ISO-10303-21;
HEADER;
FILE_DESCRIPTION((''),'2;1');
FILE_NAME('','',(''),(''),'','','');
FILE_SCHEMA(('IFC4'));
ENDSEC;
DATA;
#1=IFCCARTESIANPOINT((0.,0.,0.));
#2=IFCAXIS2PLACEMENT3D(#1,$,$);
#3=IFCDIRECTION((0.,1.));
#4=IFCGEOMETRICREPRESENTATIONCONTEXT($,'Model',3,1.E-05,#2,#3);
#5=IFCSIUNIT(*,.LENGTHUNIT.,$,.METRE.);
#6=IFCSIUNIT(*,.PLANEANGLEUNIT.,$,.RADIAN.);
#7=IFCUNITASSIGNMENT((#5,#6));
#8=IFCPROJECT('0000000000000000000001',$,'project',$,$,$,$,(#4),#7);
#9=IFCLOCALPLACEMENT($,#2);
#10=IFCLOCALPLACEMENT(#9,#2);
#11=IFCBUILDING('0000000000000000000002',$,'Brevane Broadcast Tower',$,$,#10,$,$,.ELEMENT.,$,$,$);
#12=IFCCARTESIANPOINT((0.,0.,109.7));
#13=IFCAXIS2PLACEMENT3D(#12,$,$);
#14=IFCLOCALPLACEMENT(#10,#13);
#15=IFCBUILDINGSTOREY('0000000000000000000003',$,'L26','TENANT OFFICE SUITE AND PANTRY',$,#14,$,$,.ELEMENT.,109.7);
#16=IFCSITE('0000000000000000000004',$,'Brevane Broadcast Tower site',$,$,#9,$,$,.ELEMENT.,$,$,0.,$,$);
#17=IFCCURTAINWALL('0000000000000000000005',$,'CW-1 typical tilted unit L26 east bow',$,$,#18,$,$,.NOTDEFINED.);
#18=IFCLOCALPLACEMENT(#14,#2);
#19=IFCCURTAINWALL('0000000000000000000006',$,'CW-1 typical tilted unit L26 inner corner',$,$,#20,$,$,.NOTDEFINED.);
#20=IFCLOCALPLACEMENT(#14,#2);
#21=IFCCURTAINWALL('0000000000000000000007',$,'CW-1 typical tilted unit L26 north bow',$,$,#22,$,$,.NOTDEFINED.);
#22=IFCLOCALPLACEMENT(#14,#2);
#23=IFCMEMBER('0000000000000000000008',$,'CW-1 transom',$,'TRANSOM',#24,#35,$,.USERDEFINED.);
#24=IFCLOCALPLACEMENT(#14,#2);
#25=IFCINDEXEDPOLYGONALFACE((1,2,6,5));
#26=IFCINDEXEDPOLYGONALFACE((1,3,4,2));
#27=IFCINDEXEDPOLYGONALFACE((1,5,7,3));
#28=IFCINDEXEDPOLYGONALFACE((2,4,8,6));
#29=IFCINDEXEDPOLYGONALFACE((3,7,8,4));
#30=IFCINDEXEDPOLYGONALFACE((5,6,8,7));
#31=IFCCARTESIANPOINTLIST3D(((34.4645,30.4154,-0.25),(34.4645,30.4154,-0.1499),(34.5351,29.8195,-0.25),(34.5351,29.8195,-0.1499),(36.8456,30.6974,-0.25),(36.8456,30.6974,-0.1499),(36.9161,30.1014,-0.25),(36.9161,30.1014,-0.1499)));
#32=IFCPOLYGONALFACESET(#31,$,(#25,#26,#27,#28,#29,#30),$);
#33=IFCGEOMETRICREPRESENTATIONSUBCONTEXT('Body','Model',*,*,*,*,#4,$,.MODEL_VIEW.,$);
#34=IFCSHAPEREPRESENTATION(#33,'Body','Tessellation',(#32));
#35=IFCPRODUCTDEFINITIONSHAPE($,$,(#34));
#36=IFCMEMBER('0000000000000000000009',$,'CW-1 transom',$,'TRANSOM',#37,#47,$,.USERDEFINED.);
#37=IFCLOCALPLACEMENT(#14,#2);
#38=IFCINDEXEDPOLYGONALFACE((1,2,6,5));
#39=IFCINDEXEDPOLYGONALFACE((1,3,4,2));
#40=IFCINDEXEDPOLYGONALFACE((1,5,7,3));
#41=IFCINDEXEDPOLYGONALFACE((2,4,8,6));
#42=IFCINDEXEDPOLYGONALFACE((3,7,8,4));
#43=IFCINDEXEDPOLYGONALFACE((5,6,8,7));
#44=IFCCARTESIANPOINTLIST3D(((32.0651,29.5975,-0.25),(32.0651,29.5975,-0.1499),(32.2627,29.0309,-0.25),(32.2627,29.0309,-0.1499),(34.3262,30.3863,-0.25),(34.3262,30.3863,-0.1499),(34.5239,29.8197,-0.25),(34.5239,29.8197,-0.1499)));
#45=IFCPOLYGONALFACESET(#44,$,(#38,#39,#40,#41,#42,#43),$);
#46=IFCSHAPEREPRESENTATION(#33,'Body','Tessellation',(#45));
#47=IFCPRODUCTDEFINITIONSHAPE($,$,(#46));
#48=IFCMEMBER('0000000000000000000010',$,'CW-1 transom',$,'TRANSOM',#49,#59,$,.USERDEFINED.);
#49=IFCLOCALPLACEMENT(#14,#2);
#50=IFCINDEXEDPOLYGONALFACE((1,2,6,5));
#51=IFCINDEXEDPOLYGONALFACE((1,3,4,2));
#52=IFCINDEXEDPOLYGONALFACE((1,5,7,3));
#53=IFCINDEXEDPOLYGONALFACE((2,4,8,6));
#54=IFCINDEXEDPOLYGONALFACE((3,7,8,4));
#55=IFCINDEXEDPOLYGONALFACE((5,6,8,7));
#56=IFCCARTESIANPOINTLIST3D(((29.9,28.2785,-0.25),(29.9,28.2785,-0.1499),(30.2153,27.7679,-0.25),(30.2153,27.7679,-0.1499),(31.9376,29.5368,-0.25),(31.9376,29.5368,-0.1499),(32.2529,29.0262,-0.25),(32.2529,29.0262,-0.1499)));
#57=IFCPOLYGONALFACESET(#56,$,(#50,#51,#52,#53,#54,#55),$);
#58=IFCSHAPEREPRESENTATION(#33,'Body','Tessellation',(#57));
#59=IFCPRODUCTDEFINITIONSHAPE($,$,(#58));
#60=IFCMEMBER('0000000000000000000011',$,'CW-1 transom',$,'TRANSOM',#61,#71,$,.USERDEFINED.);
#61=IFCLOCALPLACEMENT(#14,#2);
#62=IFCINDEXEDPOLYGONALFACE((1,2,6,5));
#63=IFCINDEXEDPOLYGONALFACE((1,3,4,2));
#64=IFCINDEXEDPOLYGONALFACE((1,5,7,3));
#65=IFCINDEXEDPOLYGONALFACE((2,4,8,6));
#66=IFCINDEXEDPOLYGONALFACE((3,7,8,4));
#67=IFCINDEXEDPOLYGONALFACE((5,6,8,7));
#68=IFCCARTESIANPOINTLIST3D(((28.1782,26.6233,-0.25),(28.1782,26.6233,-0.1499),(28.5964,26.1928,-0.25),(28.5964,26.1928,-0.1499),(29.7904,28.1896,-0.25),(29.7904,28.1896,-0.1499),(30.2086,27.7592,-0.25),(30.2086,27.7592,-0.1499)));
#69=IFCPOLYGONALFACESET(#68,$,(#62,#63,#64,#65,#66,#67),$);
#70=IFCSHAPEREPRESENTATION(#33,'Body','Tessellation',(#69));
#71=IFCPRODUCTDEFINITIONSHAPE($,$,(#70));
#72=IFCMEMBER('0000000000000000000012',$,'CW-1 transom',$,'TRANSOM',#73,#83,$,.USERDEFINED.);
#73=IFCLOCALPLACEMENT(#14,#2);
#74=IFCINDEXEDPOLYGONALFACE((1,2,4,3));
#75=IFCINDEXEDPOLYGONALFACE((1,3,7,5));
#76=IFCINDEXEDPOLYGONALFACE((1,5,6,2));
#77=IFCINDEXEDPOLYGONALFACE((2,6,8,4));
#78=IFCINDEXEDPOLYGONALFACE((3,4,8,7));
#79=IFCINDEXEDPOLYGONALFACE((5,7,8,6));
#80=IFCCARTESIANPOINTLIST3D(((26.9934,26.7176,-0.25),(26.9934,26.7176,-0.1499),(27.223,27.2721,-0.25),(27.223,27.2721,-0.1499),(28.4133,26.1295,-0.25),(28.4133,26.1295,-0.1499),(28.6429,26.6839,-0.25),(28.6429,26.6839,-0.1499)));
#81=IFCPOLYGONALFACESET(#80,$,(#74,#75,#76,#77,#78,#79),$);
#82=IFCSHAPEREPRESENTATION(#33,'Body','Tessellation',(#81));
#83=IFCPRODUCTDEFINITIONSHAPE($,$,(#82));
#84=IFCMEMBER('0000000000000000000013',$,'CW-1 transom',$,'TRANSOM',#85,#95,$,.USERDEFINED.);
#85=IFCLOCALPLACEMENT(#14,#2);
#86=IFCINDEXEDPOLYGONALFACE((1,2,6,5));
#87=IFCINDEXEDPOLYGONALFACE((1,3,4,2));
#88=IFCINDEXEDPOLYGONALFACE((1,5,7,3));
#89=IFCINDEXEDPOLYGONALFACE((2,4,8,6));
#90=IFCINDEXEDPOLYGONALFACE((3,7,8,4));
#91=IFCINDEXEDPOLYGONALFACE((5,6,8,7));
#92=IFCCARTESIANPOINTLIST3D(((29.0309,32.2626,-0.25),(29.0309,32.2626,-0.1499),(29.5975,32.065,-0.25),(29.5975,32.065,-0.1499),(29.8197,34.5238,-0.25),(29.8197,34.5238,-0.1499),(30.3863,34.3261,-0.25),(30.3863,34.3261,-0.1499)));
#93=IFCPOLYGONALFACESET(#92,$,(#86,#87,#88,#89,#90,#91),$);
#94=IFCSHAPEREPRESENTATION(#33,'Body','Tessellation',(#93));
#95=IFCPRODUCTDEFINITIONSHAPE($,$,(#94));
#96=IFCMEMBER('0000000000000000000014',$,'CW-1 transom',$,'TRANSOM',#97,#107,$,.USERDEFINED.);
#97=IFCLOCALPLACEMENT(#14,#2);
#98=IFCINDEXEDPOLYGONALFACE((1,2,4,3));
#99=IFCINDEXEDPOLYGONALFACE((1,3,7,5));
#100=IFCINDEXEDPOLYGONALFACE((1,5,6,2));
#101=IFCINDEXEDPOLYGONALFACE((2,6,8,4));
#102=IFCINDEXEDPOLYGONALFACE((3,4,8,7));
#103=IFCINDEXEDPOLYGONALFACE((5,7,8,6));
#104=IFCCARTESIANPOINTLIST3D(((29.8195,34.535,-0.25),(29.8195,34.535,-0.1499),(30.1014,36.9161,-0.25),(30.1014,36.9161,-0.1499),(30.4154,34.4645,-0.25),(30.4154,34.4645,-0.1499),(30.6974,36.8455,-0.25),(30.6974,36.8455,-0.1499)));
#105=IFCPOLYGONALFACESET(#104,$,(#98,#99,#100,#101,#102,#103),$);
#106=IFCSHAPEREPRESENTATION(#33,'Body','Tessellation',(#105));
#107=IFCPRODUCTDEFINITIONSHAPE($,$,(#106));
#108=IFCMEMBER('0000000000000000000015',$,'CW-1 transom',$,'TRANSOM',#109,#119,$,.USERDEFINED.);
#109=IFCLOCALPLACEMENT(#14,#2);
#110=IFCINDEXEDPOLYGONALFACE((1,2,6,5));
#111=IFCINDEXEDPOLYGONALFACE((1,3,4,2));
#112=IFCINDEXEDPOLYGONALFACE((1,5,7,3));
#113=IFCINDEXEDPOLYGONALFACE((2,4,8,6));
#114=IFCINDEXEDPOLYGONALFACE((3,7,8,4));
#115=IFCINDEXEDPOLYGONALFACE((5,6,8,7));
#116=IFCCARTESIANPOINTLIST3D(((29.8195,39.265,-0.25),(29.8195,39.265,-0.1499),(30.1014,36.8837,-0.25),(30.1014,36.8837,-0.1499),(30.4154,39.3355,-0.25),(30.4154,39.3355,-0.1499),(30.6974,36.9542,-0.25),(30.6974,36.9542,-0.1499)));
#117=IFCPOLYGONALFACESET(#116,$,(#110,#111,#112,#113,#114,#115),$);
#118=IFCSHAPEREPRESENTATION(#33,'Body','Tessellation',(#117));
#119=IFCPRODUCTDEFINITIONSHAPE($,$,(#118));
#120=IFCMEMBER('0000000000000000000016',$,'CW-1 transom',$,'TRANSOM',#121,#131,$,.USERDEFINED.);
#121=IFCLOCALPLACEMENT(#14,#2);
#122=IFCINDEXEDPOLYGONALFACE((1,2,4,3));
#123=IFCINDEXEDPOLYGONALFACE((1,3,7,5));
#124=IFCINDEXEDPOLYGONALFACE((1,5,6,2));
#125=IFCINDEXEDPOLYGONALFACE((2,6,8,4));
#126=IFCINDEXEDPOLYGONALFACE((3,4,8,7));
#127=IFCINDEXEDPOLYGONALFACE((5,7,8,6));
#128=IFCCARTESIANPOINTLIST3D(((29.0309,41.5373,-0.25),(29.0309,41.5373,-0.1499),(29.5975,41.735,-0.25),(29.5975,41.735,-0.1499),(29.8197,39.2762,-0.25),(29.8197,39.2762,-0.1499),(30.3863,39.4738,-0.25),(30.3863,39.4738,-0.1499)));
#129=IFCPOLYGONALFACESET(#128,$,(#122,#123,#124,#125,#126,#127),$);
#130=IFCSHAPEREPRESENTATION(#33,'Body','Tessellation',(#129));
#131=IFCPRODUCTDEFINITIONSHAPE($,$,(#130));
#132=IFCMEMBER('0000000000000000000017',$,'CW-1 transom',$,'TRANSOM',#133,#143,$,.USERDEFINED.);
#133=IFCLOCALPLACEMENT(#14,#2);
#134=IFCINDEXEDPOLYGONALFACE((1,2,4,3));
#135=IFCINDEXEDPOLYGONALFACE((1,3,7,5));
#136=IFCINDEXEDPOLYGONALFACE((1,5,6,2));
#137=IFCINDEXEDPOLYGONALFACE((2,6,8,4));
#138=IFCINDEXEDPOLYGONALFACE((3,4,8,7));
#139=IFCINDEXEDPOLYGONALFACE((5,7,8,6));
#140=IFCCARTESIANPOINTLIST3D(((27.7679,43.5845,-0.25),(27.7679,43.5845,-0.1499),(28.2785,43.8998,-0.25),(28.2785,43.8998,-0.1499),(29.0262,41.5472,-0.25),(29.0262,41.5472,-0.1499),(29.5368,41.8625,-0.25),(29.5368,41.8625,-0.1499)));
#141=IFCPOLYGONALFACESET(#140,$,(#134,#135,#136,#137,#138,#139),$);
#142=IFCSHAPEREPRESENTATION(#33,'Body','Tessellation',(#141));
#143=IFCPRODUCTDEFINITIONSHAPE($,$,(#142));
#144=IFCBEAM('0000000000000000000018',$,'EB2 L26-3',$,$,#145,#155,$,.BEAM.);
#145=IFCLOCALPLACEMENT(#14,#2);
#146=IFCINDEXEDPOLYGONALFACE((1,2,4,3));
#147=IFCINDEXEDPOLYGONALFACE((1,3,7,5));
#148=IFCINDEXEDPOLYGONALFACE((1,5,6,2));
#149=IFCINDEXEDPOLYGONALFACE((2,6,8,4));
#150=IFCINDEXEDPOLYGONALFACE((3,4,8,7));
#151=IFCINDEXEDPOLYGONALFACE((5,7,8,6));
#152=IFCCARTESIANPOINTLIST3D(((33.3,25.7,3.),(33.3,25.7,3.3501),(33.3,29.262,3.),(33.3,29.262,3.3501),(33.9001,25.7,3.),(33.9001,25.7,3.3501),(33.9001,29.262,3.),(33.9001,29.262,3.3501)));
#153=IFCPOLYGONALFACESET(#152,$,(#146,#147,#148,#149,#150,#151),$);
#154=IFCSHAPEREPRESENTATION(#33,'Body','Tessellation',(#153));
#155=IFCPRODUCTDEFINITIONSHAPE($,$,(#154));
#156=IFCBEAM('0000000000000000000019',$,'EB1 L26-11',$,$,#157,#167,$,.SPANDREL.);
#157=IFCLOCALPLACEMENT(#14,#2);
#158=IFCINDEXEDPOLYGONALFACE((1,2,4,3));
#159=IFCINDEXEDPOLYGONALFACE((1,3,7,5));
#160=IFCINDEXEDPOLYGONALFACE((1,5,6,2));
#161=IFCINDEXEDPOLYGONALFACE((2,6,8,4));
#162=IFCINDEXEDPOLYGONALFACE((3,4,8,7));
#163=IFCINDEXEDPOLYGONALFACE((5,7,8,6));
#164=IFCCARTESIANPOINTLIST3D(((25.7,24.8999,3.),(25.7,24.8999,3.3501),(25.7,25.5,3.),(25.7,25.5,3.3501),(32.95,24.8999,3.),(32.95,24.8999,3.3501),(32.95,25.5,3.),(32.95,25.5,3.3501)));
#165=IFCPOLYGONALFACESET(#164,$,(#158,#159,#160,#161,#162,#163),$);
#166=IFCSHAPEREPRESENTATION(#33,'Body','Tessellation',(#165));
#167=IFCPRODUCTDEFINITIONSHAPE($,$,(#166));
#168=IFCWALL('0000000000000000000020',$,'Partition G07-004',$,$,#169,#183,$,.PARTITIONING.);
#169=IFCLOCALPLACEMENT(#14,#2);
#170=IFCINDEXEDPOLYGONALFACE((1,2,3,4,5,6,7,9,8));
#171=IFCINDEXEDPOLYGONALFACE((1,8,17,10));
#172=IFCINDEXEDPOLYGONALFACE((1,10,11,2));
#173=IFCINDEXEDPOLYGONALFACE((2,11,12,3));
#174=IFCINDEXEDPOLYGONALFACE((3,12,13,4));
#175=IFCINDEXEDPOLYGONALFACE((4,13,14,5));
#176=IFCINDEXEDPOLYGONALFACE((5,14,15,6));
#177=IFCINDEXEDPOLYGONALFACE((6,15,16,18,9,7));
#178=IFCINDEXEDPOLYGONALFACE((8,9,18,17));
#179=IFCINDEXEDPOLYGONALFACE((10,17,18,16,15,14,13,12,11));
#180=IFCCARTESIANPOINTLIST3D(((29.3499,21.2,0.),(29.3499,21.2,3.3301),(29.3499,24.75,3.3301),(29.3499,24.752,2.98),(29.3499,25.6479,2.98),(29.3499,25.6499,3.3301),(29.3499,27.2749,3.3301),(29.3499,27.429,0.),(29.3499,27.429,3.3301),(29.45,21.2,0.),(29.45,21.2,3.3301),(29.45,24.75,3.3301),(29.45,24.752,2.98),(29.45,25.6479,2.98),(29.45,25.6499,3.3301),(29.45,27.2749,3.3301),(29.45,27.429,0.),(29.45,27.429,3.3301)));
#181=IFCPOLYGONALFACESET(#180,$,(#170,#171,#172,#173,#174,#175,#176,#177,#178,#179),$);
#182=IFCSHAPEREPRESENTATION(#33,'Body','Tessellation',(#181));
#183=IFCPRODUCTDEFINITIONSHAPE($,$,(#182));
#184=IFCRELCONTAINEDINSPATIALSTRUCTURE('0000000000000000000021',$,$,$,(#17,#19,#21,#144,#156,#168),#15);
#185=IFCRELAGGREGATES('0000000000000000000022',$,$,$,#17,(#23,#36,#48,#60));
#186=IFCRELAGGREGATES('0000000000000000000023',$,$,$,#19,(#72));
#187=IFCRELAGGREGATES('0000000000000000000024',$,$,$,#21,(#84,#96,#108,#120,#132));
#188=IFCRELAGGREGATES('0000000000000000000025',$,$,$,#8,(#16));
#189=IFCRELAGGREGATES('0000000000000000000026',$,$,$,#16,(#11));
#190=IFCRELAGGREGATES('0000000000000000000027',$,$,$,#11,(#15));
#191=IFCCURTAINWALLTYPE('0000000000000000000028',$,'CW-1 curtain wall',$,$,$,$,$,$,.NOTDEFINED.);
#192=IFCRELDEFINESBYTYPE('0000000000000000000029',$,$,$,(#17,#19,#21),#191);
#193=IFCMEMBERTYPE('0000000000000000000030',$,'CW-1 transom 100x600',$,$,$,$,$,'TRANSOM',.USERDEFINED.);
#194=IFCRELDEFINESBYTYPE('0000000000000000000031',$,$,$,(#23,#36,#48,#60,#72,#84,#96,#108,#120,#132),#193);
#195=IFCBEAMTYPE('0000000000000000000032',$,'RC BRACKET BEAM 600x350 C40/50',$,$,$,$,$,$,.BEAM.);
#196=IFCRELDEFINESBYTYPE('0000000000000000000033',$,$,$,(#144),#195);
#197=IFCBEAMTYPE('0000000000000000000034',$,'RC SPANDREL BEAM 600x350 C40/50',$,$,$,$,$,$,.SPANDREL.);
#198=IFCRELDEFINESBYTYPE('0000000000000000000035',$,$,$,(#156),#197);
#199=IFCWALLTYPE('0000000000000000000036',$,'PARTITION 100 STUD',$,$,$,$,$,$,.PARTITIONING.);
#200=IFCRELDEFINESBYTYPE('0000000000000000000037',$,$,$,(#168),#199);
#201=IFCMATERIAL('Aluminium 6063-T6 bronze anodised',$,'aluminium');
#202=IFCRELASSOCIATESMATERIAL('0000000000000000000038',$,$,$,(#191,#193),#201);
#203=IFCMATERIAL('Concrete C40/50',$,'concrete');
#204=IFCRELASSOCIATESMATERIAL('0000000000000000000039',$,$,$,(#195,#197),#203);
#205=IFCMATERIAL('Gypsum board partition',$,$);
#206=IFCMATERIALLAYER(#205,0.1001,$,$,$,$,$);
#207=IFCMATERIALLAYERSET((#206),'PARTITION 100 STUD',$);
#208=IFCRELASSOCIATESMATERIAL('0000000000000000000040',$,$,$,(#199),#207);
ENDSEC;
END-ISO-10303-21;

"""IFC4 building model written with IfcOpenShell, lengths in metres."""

from ifc_helpers import new_model, si_unit, direction, frame, origin, origin_2d, place, context, subcontext, project, spatial, polyline, rectangle, outline, extrude, material, layer, layer_set, material_profile, profile_set, type_object, element, aggregate, save


model = new_model("IFC4")

# Units and contexts
model_context = context("Model", 3, precision=1e-05, world=origin(), true_north=direction((0.0, 1.0)))
body_context = subcontext(model_context, "Body", "Model", "MODEL_VIEW")
ifc_project = project(units=[si_unit("LENGTHUNIT", "METRE"), si_unit("PLANEANGLEUNIT", "RADIAN")], contexts=[model_context])

# Site, building, storey
site_placement = place(None, origin())
site = spatial("IfcSite", under=ifc_project, at=site_placement, Name="Brevane Broadcast Tower site", CompositionType="ELEMENT", RefElevation=0.0)
building_placement = place(site_placement, origin())
building = spatial("IfcBuilding", under=site, at=building_placement, Name="Brevane Broadcast Tower", CompositionType="ELEMENT")
storey_placement = place(building_placement, frame((0.0, 0.0, 109.7)))
storey = spatial("IfcBuildingStorey", under=building, at=storey_placement, Name="L26", Description="TENANT OFFICE SUITE AND PANTRY", CompositionType="ELEMENT", Elevation=109.7)

# Curtain wall
ifc_material_1 = material(Name="Aluminium 6063-T6 bronze anodised", Category="aluminium")
curtain_wall_type = type_object("IfcCurtainWallType", Name="CW-1 curtain wall", PredefinedType="NOTDEFINED", material=ifc_material_1)
curtain_wall_1_placement = place(storey_placement, origin())
curtain_wall_1 = element("IfcCurtainWall", 1, at=curtain_wall_1_placement, inside=storey, type_object=curtain_wall_type, Name="CW-1 typical tilted unit L26 east bow", PredefinedType="NOTDEFINED")

# Curtain wall
curtain_wall_2_placement = place(storey_placement, origin())
curtain_wall_2 = element("IfcCurtainWall", 2, at=curtain_wall_2_placement, inside=storey, type_object=curtain_wall_type, Name="CW-1 typical tilted unit L26 inner corner", PredefinedType="NOTDEFINED")

# Curtain wall
curtain_wall_3_placement = place(storey_placement, origin())
curtain_wall_3 = element("IfcCurtainWall", 3, at=curtain_wall_3_placement, inside=storey, type_object=curtain_wall_type, Name="CW-1 typical tilted unit L26 north bow", PredefinedType="NOTDEFINED")

# Members
ifc_material_profile_1 = material_profile(ifc_material_1, rectangle(XDim=0.6001, YDim=0.1001, at=origin_2d()), Name="RECT 100x600")
ifc_profile_set_1 = profile_set([ifc_material_profile_1], Name="Aluminium 6063-T6 bronze anodised")
member_type_1 = type_object("IfcMemberType", Name="CW-1 transom 100x600", ElementType="TRANSOM", PredefinedType="USERDEFINED", material=ifc_profile_set_1)
member_1_placement = place(storey_placement, frame((36.8809, 30.3994, -0.2), z_axis=(-0.993061, -0.117603, 0.0), x_axis=(0.117603, -0.993061, 0.0)))
member_1 = element("IfcMember", 4, at=member_1_placement, type_object=member_type_1, Name="CW-1 transom", ObjectType="TRANSOM", PredefinedType="USERDEFINED", context=body_context, shape_type="SweptSolid", body=[
    extrude(rectangle(XDim=0.6001, YDim=0.1001, at=origin_2d()), origin(), (0.0, 0.0, 1.0), 2.3977),
])
member_2_placement = place(storey_placement, frame((34.425, 30.103, -0.2), z_axis=(-0.944198, -0.329378, 0.0), x_axis=(0.329378, -0.944198, 0.0)))
member_2 = element("IfcMember", 5, at=member_2_placement, type_object=member_type_1, Name="CW-1 transom", ObjectType="TRANSOM", PredefinedType="USERDEFINED", context=body_context, shape_type="SweptSolid", body=[
    extrude(rectangle(XDim=0.6001, YDim=0.1001, at=origin_2d()), origin(), (0.0, 0.0, 1.0), 2.3948),
])
member_3_placement = place(storey_placement, frame((32.0952, 29.2815, -0.2), z_axis=(-0.850838, -0.525428, 0.0), x_axis=(0.525428, -0.850838, 0.0)))
member_3 = element("IfcMember", 6, at=member_3_placement, type_object=member_type_1, Name="CW-1 transom", ObjectType="TRANSOM", PredefinedType="USERDEFINED", context=body_context, shape_type="SweptSolid", body=[
    extrude(rectangle(XDim=0.6001, YDim=0.1001, at=origin_2d()), origin(), (0.0, 0.0, 1.0), 2.3948),
])
member_4_placement = place(storey_placement, frame((29.9995, 27.9744, -0.2), z_axis=(-0.717242, -0.696824, 0.0), x_axis=(0.696824, -0.717242, 0.0)))
member_4 = element("IfcMember", 7, at=member_4_placement, type_object=member_type_1, Name="CW-1 transom", ObjectType="TRANSOM", PredefinedType="USERDEFINED", context=body_context, shape_type="SweptSolid", body=[
    extrude(rectangle(XDim=0.6001, YDim=0.1001, at=origin_2d()), origin(), (0.0, 0.0, 1.0), 2.2478),
])
aggregate(curtain_wall_1, [member_1, member_2, member_3, member_4])
member_5_placement = place(storey_placement, frame((28.5281, 26.4067, -0.2), z_axis=(-0.923883, 0.382674, 0.0), x_axis=(-0.382674, -0.923883, 0.0)))
member_5 = element("IfcMember", 8, at=member_5_placement, type_object=member_type_1, Name="CW-1 transom", ObjectType="TRANSOM", PredefinedType="USERDEFINED", context=body_context, shape_type="SweptSolid", body=[
    extrude(rectangle(XDim=0.6001, YDim=0.1001, at=origin_2d()), origin(), (0.0, 0.0, 1.0), 1.5369),
])
aggregate(curtain_wall_2, [member_5])
member_6_placement = place(storey_placement, frame((29.3142, 32.1638, -0.2), z_axis=(0.329378, 0.944198, 0.0), x_axis=(-0.944198, 0.329378, 0.0)))
member_6 = element("IfcMember", 9, at=member_6_placement, type_object=member_type_1, Name="CW-1 transom", ObjectType="TRANSOM", PredefinedType="USERDEFINED", context=body_context, shape_type="SweptSolid", body=[
    extrude(rectangle(XDim=0.6001, YDim=0.1001, at=origin_2d()), origin(), (0.0, 0.0, 1.0), 2.3948),
])
member_7_placement = place(storey_placement, frame((30.1174, 34.4998, -0.2), z_axis=(0.117603, 0.993061, 0.0), x_axis=(-0.993061, 0.117603, 0.0)))
member_7 = element("IfcMember", 10, at=member_7_placement, type_object=member_type_1, Name="CW-1 transom", ObjectType="TRANSOM", PredefinedType="USERDEFINED", context=body_context, shape_type="SweptSolid", body=[
    extrude(rectangle(XDim=0.6001, YDim=0.1001, at=origin_2d()), origin(), (0.0, 0.0, 1.0), 2.3977),
])
member_8_placement = place(storey_placement, frame((30.3994, 36.9189, -0.2), z_axis=(-0.117591, 0.993062, 0.0), x_axis=(-0.993062, -0.117591, 0.0)))
member_8 = element("IfcMember", 11, at=member_8_placement, type_object=member_type_1, Name="CW-1 transom", ObjectType="TRANSOM", PredefinedType="USERDEFINED", context=body_context, shape_type="SweptSolid", body=[
    extrude(rectangle(XDim=0.6001, YDim=0.1001, at=origin_2d()), origin(), (0.0, 0.0, 1.0), 2.3979),
])
member_9_placement = place(storey_placement, frame((30.103, 39.375, -0.2), z_axis=(-0.329378, 0.944198, 0.0), x_axis=(-0.944198, -0.329378, 0.0)))
member_9 = element("IfcMember", 12, at=member_9_placement, type_object=member_type_1, Name="CW-1 transom", ObjectType="TRANSOM", PredefinedType="USERDEFINED", context=body_context, shape_type="SweptSolid", body=[
    extrude(rectangle(XDim=0.6001, YDim=0.1001, at=origin_2d()), origin(), (0.0, 0.0, 1.0), 2.3948),
])
member_10_placement = place(storey_placement, frame((29.2815, 41.7048, -0.2), z_axis=(-0.525473, 0.85081, 0.0), x_axis=(-0.85081, -0.525473, 0.0)))
member_10 = element("IfcMember", 13, at=member_10_placement, type_object=member_type_1, Name="CW-1 transom", ObjectType="TRANSOM", PredefinedType="USERDEFINED", context=body_context, shape_type="SweptSolid", body=[
    extrude(rectangle(XDim=0.6001, YDim=0.1001, at=origin_2d()), origin(), (0.0, 0.0, 1.0), 2.3945),
])
aggregate(curtain_wall_3, [member_6, member_7, member_8, member_9, member_10])

# Beams
ifc_material_2 = material(Name="Concrete C40/50", Category="concrete")
ifc_material_profile_2 = material_profile(ifc_material_2, rectangle(XDim=0.6001, YDim=0.3501, at=origin_2d()), Name="RC 600x350")
ifc_profile_set_2 = profile_set([ifc_material_profile_2], Name="Concrete C40/50")
beam_type_1 = type_object("IfcBeamType", Name="RC BRACKET BEAM 600x350 C40/50", PredefinedType="BEAM", material=ifc_profile_set_2)
beam_1_placement = place(storey_placement, frame((33.6001, 25.7, 3.175), z_axis=(0.0, 1.0, 0.0), x_axis=(-1.0, 0.0, 0.0)))
element("IfcBeam", 14, at=beam_1_placement, inside=storey, type_object=beam_type_1, Name="EB2 L26-3", PredefinedType="BEAM", context=body_context, shape_type="SweptSolid", body=[
    extrude(rectangle(XDim=0.6001, YDim=0.3501, at=origin_2d()), origin(), (0.0, 0.0, 1.0), 3.562),
])
ifc_material_profile_3 = material_profile(ifc_material_2, rectangle(XDim=0.6001, YDim=0.3501, at=origin_2d()), Name="RC 600x350")
ifc_profile_set_3 = profile_set([ifc_material_profile_3], Name="Concrete C40/50")
beam_type_2 = type_object("IfcBeamType", Name="RC SPANDREL BEAM 600x350 C40/50", PredefinedType="SPANDREL", material=ifc_profile_set_3)
beam_2_placement = place(storey_placement, frame((32.95, 25.2, 3.175), z_axis=(-1.0, 0.0, 0.0), x_axis=(0.0, -1.0, 0.0)))
element("IfcBeam", 15, at=beam_2_placement, inside=storey, type_object=beam_type_2, Name="EB1 L26-11", PredefinedType="SPANDREL", context=body_context, shape_type="SweptSolid", body=[
    extrude(rectangle(XDim=0.6001, YDim=0.3501, at=origin_2d()), origin(), (0.0, 0.0, 1.0), 7.25),
])

# Wall
ifc_material_3 = material(Name="Gypsum board partition")
ifc_layer_1 = layer(ifc_material_3, 0.1001)
ifc_layer_set_1 = layer_set([ifc_layer_1], Name="PARTITION 100 STUD")
wall_type_1 = type_object("IfcWallType", Name="PARTITION 100 STUD", PredefinedType="PARTITIONING", material=ifc_layer_set_1)
wall_1_placement = place(storey_placement, frame((29.3999, 27.429, 0.0), z_axis=(0.0, 0.0, 1.0), x_axis=(0.0, -1.0, 0.0)))
element("IfcWall", 16, at=wall_1_placement, inside=storey, type_object=wall_type_1, Name="Partition G07-004", PredefinedType="PARTITIONING", context=body_context, shape_type="SweptSolid", body=[
    extrude(outline(polyline([(0.0, 0.0), (6.229, 0.0), (6.229, 3.3301), (2.679, 3.3301), (2.677, 2.98), (1.781, 2.98), (1.7791, 3.3301), (0.1541, 3.3301), (0.0, 3.3301), (0.0, 0.0)])), frame((0.0, 0.05, 0.0), z_axis=(0.0, -1.0, 0.0), x_axis=(1.0, 0.0, 0.0)), (0.0, 0.0, 1.0), 0.1001),
])

save(model, "model.ifc")
